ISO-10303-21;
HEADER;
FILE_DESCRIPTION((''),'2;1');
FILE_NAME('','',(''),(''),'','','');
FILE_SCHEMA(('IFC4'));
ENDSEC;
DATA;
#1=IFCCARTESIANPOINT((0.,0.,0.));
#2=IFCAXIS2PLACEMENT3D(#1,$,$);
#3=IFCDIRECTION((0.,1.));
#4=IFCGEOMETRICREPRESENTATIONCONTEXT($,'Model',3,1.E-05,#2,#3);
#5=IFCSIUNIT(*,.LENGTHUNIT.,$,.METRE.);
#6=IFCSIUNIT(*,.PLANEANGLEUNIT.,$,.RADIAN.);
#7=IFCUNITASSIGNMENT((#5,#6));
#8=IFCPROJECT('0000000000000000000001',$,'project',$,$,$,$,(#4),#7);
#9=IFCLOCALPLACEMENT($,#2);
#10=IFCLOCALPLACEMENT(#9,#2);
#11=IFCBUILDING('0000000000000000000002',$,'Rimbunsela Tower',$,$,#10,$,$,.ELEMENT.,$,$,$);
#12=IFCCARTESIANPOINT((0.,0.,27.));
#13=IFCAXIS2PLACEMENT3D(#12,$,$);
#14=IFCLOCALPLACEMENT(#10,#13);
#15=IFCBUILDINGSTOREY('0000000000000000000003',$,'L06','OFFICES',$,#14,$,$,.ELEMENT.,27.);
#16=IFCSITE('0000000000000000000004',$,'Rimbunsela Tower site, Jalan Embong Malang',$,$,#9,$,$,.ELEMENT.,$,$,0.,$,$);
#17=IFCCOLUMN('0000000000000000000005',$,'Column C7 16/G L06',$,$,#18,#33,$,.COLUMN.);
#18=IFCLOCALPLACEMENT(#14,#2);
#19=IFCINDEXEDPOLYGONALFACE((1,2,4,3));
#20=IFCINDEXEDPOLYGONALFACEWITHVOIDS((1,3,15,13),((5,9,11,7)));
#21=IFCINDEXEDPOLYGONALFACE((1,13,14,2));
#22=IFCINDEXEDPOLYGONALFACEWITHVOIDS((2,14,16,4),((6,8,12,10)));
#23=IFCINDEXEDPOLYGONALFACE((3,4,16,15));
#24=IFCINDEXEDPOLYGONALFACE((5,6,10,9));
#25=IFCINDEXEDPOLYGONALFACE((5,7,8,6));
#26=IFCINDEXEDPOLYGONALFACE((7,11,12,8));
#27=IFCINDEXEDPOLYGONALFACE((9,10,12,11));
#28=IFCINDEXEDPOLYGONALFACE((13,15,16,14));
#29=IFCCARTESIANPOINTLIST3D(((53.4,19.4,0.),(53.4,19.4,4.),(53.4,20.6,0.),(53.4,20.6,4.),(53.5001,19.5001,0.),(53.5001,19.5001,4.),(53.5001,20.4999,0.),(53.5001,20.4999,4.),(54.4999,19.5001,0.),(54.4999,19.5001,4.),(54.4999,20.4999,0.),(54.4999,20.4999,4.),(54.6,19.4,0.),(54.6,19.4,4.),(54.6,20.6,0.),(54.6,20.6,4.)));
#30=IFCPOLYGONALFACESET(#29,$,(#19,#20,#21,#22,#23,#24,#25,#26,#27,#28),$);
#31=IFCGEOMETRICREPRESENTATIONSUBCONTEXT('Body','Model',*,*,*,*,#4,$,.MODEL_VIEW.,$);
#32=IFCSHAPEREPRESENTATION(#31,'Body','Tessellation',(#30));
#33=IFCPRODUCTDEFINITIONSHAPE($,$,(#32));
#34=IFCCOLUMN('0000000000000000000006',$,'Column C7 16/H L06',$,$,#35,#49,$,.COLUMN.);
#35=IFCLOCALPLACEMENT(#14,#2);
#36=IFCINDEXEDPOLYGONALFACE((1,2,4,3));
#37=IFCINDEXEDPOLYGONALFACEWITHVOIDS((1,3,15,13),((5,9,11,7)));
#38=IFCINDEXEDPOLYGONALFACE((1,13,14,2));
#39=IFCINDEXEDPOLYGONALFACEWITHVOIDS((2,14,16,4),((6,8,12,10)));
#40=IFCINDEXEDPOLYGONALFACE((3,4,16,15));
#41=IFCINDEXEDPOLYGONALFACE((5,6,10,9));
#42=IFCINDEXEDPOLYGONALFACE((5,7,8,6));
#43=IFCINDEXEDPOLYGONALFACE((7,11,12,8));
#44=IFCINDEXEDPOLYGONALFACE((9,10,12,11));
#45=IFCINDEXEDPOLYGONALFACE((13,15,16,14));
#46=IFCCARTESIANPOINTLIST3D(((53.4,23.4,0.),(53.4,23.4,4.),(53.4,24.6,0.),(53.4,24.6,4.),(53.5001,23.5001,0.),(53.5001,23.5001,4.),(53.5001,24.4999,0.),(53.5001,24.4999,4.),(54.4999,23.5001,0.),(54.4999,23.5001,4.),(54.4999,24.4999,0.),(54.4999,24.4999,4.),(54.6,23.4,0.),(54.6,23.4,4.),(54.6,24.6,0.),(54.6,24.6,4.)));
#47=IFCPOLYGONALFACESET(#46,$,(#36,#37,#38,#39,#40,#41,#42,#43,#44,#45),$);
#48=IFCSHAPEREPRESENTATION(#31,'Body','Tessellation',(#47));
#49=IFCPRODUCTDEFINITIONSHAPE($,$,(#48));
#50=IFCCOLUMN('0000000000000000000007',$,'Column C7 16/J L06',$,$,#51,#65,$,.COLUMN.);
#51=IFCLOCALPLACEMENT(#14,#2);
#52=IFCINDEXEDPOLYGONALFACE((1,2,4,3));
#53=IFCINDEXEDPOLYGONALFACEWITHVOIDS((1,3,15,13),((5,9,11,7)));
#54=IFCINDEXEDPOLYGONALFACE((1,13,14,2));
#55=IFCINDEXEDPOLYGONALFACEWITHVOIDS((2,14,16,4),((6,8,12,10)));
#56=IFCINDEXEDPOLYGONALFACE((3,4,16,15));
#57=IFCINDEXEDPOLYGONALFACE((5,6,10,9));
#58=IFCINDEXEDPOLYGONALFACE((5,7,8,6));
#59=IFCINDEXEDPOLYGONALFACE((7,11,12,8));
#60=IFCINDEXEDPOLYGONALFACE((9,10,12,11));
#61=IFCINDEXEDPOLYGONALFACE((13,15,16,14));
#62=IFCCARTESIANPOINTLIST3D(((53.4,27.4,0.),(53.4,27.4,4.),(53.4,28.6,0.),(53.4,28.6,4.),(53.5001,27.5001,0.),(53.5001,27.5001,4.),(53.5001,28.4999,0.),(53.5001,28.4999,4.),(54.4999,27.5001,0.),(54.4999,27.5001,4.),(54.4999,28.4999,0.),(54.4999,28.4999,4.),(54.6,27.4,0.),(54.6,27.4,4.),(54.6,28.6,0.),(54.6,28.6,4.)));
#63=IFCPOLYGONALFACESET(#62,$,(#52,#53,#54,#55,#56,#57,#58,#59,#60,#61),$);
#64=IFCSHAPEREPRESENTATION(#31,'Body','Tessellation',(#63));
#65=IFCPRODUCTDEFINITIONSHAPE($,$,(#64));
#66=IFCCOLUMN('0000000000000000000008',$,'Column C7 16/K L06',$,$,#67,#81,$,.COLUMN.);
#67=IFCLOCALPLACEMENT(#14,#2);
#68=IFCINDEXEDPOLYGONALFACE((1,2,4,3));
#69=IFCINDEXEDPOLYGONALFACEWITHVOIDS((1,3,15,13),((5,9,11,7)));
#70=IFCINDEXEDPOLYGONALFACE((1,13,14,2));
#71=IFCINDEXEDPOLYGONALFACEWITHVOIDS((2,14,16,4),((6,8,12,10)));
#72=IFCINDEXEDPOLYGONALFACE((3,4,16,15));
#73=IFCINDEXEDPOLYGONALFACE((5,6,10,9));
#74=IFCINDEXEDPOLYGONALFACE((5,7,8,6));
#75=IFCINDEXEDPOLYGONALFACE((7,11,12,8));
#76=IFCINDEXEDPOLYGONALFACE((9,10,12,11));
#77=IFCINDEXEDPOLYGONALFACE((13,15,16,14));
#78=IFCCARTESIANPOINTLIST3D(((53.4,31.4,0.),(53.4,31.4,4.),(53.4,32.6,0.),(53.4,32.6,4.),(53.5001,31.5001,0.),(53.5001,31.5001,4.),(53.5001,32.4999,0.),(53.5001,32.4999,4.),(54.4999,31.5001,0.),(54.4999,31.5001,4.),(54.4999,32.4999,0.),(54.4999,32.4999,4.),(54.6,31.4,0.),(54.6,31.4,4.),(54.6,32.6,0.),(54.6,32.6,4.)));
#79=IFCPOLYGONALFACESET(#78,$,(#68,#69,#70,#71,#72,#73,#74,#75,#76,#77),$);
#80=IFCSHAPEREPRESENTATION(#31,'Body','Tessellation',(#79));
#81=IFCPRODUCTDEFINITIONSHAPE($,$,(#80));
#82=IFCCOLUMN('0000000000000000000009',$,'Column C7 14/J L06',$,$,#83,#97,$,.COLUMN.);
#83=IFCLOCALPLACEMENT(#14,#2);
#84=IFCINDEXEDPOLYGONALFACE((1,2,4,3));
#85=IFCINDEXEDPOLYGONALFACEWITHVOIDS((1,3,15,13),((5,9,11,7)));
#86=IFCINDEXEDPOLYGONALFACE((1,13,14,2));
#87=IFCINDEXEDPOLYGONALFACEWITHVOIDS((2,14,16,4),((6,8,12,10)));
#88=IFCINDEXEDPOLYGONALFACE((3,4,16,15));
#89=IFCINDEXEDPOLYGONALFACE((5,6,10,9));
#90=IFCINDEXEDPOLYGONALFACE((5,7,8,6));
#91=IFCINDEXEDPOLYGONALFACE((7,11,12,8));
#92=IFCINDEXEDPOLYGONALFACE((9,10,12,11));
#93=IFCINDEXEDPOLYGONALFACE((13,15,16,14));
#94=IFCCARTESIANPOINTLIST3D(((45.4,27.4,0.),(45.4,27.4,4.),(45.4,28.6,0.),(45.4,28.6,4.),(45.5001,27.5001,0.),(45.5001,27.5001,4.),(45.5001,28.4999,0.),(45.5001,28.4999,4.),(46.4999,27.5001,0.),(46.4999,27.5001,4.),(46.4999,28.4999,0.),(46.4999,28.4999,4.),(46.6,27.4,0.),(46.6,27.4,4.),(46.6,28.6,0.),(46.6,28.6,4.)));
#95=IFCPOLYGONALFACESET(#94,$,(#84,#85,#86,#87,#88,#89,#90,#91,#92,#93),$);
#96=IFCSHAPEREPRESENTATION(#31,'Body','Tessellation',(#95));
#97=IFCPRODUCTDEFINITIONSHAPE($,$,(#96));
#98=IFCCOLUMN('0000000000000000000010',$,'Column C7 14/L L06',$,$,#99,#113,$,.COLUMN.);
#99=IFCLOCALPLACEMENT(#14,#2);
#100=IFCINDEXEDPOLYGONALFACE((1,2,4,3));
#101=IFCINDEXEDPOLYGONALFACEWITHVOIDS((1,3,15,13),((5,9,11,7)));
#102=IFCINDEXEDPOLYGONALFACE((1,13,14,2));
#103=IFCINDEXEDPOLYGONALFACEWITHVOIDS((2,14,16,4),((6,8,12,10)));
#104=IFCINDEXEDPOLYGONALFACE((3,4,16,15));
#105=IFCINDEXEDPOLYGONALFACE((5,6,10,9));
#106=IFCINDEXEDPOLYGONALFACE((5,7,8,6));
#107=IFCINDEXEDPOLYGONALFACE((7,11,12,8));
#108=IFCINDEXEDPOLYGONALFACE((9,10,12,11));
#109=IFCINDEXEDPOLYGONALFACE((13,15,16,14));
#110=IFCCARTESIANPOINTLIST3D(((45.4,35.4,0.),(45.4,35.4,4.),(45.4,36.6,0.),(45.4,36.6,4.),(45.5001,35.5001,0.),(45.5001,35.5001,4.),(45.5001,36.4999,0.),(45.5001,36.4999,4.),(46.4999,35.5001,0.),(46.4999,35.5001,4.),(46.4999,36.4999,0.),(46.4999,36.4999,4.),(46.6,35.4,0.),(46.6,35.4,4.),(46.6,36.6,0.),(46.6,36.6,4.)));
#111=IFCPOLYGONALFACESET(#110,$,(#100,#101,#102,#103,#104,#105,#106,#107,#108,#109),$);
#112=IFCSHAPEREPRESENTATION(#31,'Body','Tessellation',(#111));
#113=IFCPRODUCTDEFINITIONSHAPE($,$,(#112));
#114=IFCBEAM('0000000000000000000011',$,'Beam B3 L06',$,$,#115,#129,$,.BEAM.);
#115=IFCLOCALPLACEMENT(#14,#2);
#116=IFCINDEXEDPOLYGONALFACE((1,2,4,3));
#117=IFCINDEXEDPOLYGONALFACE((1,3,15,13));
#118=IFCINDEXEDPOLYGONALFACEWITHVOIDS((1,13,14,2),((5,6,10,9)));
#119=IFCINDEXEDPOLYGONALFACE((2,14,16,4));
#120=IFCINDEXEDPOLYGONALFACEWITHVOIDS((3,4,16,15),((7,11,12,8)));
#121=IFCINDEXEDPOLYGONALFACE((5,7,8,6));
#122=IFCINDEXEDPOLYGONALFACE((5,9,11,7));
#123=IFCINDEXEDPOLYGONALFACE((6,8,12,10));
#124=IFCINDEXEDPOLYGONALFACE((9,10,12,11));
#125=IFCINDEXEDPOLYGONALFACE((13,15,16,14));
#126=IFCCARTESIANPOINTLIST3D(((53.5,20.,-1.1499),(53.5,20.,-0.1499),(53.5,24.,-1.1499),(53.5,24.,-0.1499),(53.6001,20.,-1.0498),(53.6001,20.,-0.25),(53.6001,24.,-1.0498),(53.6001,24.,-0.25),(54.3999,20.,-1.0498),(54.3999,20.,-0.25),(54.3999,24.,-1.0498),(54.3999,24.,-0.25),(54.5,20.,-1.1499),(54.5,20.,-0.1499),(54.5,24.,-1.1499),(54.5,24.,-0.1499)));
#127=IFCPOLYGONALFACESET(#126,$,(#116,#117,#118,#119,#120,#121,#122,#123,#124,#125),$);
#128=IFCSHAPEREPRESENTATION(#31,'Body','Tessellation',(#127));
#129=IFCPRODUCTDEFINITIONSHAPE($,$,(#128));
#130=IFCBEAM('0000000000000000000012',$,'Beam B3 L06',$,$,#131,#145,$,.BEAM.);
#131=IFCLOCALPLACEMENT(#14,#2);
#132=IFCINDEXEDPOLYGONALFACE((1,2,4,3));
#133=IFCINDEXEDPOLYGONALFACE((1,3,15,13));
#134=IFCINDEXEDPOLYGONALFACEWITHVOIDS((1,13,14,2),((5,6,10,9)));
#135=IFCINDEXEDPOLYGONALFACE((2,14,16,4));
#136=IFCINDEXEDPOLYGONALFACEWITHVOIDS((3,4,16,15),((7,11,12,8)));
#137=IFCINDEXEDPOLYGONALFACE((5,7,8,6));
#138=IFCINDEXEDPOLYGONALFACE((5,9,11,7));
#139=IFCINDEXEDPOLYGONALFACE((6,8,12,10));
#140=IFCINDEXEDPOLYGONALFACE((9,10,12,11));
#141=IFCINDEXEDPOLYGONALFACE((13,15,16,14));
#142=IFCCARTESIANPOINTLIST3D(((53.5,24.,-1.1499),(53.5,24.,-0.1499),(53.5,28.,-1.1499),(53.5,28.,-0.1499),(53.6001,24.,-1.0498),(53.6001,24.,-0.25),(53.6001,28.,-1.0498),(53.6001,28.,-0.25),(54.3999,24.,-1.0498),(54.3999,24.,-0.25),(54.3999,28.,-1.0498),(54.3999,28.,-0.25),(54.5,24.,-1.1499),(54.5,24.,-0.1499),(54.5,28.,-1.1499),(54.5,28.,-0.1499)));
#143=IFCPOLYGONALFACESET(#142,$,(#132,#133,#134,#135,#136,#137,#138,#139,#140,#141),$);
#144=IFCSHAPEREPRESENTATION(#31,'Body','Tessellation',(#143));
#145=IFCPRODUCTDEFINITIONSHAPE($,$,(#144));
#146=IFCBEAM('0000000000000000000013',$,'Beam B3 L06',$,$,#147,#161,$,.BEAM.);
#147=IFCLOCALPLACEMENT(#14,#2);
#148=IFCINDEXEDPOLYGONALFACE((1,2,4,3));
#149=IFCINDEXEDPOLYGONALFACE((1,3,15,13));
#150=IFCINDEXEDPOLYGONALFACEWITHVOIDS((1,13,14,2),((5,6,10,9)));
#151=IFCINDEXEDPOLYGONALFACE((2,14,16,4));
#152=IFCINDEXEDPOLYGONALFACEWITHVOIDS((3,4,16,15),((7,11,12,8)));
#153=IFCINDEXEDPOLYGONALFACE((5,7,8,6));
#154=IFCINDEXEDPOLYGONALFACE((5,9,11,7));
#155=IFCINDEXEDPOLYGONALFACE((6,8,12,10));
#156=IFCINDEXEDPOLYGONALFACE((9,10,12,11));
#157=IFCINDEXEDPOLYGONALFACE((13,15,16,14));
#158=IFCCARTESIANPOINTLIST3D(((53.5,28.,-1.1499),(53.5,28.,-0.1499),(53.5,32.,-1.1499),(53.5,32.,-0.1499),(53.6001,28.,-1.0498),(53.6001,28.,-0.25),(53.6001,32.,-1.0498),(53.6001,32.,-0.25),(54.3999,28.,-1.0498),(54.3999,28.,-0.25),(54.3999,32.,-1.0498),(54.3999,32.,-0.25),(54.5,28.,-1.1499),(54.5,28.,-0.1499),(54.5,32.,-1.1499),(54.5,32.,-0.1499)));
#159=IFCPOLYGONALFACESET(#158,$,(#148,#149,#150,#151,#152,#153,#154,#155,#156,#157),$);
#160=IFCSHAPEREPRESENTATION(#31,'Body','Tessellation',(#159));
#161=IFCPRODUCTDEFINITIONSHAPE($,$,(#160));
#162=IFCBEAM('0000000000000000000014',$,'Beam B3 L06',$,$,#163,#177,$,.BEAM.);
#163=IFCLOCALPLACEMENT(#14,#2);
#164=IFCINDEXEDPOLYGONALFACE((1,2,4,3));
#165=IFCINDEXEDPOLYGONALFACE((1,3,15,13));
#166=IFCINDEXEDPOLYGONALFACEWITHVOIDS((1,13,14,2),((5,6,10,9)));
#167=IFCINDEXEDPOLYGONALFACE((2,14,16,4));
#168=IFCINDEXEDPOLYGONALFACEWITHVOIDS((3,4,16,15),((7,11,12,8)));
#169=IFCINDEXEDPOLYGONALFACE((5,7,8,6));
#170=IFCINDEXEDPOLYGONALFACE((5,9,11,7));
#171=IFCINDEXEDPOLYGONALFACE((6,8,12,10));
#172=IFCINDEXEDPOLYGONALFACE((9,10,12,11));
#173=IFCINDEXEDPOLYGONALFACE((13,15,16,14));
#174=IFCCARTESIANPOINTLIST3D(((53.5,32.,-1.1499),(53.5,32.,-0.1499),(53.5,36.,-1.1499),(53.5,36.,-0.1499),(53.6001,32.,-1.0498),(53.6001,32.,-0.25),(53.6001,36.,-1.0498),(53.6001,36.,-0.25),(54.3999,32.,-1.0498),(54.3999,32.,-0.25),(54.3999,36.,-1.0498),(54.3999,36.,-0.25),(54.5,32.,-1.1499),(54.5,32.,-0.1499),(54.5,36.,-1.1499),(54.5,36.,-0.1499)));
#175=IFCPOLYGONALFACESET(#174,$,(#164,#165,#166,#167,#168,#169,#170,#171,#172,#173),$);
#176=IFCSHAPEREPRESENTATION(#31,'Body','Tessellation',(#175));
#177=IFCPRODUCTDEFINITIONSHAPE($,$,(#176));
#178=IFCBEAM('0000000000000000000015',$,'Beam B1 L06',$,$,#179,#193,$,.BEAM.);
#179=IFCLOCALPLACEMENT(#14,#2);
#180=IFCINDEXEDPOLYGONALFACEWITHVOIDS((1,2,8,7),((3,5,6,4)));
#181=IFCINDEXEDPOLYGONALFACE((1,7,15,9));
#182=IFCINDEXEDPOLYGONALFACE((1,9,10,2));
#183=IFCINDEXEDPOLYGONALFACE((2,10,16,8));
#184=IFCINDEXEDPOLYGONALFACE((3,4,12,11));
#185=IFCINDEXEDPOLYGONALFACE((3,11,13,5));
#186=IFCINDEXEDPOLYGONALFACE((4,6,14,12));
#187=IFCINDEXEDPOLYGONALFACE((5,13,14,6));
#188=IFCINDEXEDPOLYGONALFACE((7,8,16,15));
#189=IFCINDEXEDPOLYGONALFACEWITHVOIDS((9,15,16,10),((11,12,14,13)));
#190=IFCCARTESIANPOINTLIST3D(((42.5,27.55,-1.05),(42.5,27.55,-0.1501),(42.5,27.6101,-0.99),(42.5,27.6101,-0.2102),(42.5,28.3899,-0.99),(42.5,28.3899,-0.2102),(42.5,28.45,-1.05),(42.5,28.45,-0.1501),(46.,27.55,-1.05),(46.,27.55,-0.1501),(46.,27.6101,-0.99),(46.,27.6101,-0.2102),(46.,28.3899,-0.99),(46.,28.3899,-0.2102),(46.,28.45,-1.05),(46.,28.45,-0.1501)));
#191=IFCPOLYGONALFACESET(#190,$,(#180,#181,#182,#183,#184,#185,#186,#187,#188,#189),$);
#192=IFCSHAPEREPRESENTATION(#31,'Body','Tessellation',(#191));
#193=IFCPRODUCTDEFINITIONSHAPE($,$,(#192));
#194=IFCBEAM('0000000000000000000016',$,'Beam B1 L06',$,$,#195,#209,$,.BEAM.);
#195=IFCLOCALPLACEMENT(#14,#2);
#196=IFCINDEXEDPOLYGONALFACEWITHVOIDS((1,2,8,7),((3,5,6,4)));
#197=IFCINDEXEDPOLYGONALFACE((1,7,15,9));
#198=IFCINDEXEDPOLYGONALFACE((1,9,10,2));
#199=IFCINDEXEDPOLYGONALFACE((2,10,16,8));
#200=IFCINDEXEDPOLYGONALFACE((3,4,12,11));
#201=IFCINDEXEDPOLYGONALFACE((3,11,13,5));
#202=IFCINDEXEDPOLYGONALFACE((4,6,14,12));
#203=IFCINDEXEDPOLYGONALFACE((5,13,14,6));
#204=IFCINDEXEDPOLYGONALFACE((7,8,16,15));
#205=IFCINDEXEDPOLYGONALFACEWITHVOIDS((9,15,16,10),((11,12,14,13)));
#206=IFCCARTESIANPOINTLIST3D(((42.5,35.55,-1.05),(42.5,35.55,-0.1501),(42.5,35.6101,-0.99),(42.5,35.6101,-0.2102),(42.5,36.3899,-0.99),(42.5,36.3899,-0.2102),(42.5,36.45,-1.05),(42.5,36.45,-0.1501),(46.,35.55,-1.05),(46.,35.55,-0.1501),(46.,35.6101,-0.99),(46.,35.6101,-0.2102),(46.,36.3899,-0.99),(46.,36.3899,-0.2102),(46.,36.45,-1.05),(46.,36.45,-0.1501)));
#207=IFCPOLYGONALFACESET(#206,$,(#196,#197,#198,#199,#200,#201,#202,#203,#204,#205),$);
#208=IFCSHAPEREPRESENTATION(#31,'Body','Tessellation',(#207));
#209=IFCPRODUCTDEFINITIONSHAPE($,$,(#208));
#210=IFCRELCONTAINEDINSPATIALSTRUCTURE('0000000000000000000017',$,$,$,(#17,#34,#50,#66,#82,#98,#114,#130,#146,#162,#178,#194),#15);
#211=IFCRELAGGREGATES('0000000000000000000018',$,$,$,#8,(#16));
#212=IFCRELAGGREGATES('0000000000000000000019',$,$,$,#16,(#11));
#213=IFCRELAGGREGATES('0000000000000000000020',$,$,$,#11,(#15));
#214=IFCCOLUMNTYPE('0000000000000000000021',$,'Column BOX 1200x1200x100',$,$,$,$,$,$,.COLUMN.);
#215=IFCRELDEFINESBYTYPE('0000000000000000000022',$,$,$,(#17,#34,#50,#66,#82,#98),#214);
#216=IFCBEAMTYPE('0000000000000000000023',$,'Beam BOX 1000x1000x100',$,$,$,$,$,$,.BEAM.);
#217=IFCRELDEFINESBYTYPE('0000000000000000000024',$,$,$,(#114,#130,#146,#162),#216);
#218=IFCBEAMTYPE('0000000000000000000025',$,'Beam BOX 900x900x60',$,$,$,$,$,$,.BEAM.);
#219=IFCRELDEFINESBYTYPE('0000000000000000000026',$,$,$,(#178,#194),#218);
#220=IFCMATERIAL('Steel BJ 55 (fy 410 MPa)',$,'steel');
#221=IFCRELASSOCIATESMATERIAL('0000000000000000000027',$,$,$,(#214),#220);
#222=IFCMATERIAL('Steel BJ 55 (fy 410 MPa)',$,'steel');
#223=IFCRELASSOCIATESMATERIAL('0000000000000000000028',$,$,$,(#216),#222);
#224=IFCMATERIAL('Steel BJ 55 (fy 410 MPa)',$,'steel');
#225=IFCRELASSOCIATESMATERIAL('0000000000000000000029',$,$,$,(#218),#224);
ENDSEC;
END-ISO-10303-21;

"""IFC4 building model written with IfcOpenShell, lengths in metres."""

from ifc_helpers import new_model, si_unit, direction, frame, origin, origin_2d, place, context, subcontext, project, spatial, hollow_rectangle, extrude, material, material_profile, profile_set, type_object, element, save


model = new_model("IFC4")

# Units and contexts
model_context = context("Model", 3, precision=1e-05, world=origin(), true_north=direction((0.0, 1.0)))
body_context = subcontext(model_context, "Body", "Model", "MODEL_VIEW")
ifc_project = project(units=[si_unit("LENGTHUNIT", "METRE"), si_unit("PLANEANGLEUNIT", "RADIAN")], contexts=[model_context])

# Site, building, storey
site_placement = place(None, origin())
site = spatial("IfcSite", under=ifc_project, at=site_placement, Name="Rimbunsela Tower site, Jalan Embong Malang", CompositionType="ELEMENT", RefElevation=0.0)
building_placement = place(site_placement, origin())
building = spatial("IfcBuilding", under=site, at=building_placement, Name="Rimbunsela Tower", CompositionType="ELEMENT")
storey_placement = place(building_placement, frame((0.0, 0.0, 27.0)))
storey = spatial("IfcBuildingStorey", under=building, at=storey_placement, Name="L06", Description="OFFICES", CompositionType="ELEMENT", Elevation=27.0)

# Columns
ifc_material_1 = material(Name="Steel BJ 55 (fy 410 MPa)", Category="steel")
ifc_material_profile_1 = material_profile(ifc_material_1, hollow_rectangle(XDim=1.2, YDim=1.2, WallThickness=0.1001, at=origin_2d()), Name="BOX 1200x1200x100")
ifc_profile_set_1 = profile_set([ifc_material_profile_1], Name="Steel BJ 55 (fy 410 MPa)")
column_type = type_object("IfcColumnType", Name="Column BOX 1200x1200x100", PredefinedType="COLUMN", material=ifc_profile_set_1)
for number, where, z_axis, x_axis, name in (
    (1, (54.0, 20.0, 0.0), (0.0, 0.0, 1.0), (1.0, 0.0, 0.0), "Column C7 16/G L06"),
    (2, (54.0, 24.0, 0.0), (0.0, 0.0, 1.0), (1.0, 0.0, 0.0), "Column C7 16/H L06"),
    (3, (54.0, 28.0, 0.0), (0.0, 0.0, 1.0), (1.0, 0.0, 0.0), "Column C7 16/J L06"),
    (4, (54.0, 32.0, 0.0), (0.0, 0.0, 1.0), (1.0, 0.0, 0.0), "Column C7 16/K L06"),
    (5, (46.0, 28.0, 0.0), (0.0, 0.0, 1.0), (1.0, 0.0, 0.0), "Column C7 14/J L06"),
    (6, (46.0, 36.0, 0.0), (0.0, 0.0, 1.0), (1.0, 0.0, 0.0), "Column C7 14/L L06"),
):
    element("IfcColumn", number, at=place(storey_placement, frame(where, z_axis=z_axis, x_axis=x_axis)), inside=storey, type_object=column_type, Name=name, PredefinedType="COLUMN", context=body_context, shape_type="SweptSolid", body=[
        extrude(hollow_rectangle(XDim=1.2, YDim=1.2, WallThickness=0.1001, at=origin_2d()), origin(), (0.0, 0.0, 1.0), 4.0),
    ])

# Beams
ifc_material_2 = material(Name="Steel BJ 55 (fy 410 MPa)", Category="steel")
ifc_material_profile_2 = material_profile(ifc_material_2, hollow_rectangle(XDim=1.0, YDim=1.0, WallThickness=0.1001, at=origin_2d()), Name="BOX 1000x1000x100")
ifc_profile_set_2 = profile_set([ifc_material_profile_2], Name="Steel BJ 55 (fy 410 MPa)")
beam_type_1 = type_object("IfcBeamType", Name="Beam BOX 1000x1000x100", PredefinedType="BEAM", material=ifc_profile_set_2)
for number, where, z_axis, x_axis, name in (
    (7, (54.0, 20.0, -0.6499), (0.0, 1.0, 0.0), (-1.0, 0.0, 0.0), "Beam B3 L06"),
    (8, (54.0, 24.0, -0.6499), (0.0, 1.0, 0.0), (-1.0, 0.0, 0.0), "Beam B3 L06"),
    (9, (54.0, 28.0, -0.6499), (0.0, 1.0, 0.0), (-1.0, 0.0, 0.0), "Beam B3 L06"),
    (10, (54.0, 32.0, -0.6499), (0.0, 1.0, 0.0), (-1.0, 0.0, 0.0), "Beam B3 L06"),
):
    element("IfcBeam", number, at=place(storey_placement, frame(where, z_axis=z_axis, x_axis=x_axis)), inside=storey, type_object=beam_type_1, Name=name, PredefinedType="BEAM", context=body_context, shape_type="SweptSolid", body=[
        extrude(hollow_rectangle(XDim=1.0, YDim=1.0, WallThickness=0.1001, at=origin_2d()), origin(), (0.0, 0.0, 1.0), 4.0),
    ])
ifc_material_3 = material(Name="Steel BJ 55 (fy 410 MPa)", Category="steel")
ifc_material_profile_3 = material_profile(ifc_material_3, hollow_rectangle(XDim=0.8999, YDim=0.8999, WallThickness=0.0601, at=origin_2d()), Name="BOX 900x900x60")
ifc_profile_set_3 = profile_set([ifc_material_profile_3], Name="Steel BJ 55 (fy 410 MPa)")
beam_type_2 = type_object("IfcBeamType", Name="Beam BOX 900x900x60", PredefinedType="BEAM", material=ifc_profile_set_3)
for number, where, z_axis, x_axis, name in (
    (11, (42.5, 28.0, -0.6001), (1.0, 0.0, 0.0), (0.0, 1.0, 0.0), "Beam B1 L06"),
    (12, (42.5, 36.0, -0.6001), (1.0, 0.0, 0.0), (0.0, 1.0, 0.0), "Beam B1 L06"),
):
    element("IfcBeam", number, at=place(storey_placement, frame(where, z_axis=z_axis, x_axis=x_axis)), inside=storey, type_object=beam_type_2, Name=name, PredefinedType="BEAM", context=body_context, shape_type="SweptSolid", body=[
        extrude(hollow_rectangle(XDim=0.8999, YDim=0.8999, WallThickness=0.0601, at=origin_2d()), origin(), (0.0, 0.0, 1.0), 3.5),
    ])

save(model, "model.ifc")
